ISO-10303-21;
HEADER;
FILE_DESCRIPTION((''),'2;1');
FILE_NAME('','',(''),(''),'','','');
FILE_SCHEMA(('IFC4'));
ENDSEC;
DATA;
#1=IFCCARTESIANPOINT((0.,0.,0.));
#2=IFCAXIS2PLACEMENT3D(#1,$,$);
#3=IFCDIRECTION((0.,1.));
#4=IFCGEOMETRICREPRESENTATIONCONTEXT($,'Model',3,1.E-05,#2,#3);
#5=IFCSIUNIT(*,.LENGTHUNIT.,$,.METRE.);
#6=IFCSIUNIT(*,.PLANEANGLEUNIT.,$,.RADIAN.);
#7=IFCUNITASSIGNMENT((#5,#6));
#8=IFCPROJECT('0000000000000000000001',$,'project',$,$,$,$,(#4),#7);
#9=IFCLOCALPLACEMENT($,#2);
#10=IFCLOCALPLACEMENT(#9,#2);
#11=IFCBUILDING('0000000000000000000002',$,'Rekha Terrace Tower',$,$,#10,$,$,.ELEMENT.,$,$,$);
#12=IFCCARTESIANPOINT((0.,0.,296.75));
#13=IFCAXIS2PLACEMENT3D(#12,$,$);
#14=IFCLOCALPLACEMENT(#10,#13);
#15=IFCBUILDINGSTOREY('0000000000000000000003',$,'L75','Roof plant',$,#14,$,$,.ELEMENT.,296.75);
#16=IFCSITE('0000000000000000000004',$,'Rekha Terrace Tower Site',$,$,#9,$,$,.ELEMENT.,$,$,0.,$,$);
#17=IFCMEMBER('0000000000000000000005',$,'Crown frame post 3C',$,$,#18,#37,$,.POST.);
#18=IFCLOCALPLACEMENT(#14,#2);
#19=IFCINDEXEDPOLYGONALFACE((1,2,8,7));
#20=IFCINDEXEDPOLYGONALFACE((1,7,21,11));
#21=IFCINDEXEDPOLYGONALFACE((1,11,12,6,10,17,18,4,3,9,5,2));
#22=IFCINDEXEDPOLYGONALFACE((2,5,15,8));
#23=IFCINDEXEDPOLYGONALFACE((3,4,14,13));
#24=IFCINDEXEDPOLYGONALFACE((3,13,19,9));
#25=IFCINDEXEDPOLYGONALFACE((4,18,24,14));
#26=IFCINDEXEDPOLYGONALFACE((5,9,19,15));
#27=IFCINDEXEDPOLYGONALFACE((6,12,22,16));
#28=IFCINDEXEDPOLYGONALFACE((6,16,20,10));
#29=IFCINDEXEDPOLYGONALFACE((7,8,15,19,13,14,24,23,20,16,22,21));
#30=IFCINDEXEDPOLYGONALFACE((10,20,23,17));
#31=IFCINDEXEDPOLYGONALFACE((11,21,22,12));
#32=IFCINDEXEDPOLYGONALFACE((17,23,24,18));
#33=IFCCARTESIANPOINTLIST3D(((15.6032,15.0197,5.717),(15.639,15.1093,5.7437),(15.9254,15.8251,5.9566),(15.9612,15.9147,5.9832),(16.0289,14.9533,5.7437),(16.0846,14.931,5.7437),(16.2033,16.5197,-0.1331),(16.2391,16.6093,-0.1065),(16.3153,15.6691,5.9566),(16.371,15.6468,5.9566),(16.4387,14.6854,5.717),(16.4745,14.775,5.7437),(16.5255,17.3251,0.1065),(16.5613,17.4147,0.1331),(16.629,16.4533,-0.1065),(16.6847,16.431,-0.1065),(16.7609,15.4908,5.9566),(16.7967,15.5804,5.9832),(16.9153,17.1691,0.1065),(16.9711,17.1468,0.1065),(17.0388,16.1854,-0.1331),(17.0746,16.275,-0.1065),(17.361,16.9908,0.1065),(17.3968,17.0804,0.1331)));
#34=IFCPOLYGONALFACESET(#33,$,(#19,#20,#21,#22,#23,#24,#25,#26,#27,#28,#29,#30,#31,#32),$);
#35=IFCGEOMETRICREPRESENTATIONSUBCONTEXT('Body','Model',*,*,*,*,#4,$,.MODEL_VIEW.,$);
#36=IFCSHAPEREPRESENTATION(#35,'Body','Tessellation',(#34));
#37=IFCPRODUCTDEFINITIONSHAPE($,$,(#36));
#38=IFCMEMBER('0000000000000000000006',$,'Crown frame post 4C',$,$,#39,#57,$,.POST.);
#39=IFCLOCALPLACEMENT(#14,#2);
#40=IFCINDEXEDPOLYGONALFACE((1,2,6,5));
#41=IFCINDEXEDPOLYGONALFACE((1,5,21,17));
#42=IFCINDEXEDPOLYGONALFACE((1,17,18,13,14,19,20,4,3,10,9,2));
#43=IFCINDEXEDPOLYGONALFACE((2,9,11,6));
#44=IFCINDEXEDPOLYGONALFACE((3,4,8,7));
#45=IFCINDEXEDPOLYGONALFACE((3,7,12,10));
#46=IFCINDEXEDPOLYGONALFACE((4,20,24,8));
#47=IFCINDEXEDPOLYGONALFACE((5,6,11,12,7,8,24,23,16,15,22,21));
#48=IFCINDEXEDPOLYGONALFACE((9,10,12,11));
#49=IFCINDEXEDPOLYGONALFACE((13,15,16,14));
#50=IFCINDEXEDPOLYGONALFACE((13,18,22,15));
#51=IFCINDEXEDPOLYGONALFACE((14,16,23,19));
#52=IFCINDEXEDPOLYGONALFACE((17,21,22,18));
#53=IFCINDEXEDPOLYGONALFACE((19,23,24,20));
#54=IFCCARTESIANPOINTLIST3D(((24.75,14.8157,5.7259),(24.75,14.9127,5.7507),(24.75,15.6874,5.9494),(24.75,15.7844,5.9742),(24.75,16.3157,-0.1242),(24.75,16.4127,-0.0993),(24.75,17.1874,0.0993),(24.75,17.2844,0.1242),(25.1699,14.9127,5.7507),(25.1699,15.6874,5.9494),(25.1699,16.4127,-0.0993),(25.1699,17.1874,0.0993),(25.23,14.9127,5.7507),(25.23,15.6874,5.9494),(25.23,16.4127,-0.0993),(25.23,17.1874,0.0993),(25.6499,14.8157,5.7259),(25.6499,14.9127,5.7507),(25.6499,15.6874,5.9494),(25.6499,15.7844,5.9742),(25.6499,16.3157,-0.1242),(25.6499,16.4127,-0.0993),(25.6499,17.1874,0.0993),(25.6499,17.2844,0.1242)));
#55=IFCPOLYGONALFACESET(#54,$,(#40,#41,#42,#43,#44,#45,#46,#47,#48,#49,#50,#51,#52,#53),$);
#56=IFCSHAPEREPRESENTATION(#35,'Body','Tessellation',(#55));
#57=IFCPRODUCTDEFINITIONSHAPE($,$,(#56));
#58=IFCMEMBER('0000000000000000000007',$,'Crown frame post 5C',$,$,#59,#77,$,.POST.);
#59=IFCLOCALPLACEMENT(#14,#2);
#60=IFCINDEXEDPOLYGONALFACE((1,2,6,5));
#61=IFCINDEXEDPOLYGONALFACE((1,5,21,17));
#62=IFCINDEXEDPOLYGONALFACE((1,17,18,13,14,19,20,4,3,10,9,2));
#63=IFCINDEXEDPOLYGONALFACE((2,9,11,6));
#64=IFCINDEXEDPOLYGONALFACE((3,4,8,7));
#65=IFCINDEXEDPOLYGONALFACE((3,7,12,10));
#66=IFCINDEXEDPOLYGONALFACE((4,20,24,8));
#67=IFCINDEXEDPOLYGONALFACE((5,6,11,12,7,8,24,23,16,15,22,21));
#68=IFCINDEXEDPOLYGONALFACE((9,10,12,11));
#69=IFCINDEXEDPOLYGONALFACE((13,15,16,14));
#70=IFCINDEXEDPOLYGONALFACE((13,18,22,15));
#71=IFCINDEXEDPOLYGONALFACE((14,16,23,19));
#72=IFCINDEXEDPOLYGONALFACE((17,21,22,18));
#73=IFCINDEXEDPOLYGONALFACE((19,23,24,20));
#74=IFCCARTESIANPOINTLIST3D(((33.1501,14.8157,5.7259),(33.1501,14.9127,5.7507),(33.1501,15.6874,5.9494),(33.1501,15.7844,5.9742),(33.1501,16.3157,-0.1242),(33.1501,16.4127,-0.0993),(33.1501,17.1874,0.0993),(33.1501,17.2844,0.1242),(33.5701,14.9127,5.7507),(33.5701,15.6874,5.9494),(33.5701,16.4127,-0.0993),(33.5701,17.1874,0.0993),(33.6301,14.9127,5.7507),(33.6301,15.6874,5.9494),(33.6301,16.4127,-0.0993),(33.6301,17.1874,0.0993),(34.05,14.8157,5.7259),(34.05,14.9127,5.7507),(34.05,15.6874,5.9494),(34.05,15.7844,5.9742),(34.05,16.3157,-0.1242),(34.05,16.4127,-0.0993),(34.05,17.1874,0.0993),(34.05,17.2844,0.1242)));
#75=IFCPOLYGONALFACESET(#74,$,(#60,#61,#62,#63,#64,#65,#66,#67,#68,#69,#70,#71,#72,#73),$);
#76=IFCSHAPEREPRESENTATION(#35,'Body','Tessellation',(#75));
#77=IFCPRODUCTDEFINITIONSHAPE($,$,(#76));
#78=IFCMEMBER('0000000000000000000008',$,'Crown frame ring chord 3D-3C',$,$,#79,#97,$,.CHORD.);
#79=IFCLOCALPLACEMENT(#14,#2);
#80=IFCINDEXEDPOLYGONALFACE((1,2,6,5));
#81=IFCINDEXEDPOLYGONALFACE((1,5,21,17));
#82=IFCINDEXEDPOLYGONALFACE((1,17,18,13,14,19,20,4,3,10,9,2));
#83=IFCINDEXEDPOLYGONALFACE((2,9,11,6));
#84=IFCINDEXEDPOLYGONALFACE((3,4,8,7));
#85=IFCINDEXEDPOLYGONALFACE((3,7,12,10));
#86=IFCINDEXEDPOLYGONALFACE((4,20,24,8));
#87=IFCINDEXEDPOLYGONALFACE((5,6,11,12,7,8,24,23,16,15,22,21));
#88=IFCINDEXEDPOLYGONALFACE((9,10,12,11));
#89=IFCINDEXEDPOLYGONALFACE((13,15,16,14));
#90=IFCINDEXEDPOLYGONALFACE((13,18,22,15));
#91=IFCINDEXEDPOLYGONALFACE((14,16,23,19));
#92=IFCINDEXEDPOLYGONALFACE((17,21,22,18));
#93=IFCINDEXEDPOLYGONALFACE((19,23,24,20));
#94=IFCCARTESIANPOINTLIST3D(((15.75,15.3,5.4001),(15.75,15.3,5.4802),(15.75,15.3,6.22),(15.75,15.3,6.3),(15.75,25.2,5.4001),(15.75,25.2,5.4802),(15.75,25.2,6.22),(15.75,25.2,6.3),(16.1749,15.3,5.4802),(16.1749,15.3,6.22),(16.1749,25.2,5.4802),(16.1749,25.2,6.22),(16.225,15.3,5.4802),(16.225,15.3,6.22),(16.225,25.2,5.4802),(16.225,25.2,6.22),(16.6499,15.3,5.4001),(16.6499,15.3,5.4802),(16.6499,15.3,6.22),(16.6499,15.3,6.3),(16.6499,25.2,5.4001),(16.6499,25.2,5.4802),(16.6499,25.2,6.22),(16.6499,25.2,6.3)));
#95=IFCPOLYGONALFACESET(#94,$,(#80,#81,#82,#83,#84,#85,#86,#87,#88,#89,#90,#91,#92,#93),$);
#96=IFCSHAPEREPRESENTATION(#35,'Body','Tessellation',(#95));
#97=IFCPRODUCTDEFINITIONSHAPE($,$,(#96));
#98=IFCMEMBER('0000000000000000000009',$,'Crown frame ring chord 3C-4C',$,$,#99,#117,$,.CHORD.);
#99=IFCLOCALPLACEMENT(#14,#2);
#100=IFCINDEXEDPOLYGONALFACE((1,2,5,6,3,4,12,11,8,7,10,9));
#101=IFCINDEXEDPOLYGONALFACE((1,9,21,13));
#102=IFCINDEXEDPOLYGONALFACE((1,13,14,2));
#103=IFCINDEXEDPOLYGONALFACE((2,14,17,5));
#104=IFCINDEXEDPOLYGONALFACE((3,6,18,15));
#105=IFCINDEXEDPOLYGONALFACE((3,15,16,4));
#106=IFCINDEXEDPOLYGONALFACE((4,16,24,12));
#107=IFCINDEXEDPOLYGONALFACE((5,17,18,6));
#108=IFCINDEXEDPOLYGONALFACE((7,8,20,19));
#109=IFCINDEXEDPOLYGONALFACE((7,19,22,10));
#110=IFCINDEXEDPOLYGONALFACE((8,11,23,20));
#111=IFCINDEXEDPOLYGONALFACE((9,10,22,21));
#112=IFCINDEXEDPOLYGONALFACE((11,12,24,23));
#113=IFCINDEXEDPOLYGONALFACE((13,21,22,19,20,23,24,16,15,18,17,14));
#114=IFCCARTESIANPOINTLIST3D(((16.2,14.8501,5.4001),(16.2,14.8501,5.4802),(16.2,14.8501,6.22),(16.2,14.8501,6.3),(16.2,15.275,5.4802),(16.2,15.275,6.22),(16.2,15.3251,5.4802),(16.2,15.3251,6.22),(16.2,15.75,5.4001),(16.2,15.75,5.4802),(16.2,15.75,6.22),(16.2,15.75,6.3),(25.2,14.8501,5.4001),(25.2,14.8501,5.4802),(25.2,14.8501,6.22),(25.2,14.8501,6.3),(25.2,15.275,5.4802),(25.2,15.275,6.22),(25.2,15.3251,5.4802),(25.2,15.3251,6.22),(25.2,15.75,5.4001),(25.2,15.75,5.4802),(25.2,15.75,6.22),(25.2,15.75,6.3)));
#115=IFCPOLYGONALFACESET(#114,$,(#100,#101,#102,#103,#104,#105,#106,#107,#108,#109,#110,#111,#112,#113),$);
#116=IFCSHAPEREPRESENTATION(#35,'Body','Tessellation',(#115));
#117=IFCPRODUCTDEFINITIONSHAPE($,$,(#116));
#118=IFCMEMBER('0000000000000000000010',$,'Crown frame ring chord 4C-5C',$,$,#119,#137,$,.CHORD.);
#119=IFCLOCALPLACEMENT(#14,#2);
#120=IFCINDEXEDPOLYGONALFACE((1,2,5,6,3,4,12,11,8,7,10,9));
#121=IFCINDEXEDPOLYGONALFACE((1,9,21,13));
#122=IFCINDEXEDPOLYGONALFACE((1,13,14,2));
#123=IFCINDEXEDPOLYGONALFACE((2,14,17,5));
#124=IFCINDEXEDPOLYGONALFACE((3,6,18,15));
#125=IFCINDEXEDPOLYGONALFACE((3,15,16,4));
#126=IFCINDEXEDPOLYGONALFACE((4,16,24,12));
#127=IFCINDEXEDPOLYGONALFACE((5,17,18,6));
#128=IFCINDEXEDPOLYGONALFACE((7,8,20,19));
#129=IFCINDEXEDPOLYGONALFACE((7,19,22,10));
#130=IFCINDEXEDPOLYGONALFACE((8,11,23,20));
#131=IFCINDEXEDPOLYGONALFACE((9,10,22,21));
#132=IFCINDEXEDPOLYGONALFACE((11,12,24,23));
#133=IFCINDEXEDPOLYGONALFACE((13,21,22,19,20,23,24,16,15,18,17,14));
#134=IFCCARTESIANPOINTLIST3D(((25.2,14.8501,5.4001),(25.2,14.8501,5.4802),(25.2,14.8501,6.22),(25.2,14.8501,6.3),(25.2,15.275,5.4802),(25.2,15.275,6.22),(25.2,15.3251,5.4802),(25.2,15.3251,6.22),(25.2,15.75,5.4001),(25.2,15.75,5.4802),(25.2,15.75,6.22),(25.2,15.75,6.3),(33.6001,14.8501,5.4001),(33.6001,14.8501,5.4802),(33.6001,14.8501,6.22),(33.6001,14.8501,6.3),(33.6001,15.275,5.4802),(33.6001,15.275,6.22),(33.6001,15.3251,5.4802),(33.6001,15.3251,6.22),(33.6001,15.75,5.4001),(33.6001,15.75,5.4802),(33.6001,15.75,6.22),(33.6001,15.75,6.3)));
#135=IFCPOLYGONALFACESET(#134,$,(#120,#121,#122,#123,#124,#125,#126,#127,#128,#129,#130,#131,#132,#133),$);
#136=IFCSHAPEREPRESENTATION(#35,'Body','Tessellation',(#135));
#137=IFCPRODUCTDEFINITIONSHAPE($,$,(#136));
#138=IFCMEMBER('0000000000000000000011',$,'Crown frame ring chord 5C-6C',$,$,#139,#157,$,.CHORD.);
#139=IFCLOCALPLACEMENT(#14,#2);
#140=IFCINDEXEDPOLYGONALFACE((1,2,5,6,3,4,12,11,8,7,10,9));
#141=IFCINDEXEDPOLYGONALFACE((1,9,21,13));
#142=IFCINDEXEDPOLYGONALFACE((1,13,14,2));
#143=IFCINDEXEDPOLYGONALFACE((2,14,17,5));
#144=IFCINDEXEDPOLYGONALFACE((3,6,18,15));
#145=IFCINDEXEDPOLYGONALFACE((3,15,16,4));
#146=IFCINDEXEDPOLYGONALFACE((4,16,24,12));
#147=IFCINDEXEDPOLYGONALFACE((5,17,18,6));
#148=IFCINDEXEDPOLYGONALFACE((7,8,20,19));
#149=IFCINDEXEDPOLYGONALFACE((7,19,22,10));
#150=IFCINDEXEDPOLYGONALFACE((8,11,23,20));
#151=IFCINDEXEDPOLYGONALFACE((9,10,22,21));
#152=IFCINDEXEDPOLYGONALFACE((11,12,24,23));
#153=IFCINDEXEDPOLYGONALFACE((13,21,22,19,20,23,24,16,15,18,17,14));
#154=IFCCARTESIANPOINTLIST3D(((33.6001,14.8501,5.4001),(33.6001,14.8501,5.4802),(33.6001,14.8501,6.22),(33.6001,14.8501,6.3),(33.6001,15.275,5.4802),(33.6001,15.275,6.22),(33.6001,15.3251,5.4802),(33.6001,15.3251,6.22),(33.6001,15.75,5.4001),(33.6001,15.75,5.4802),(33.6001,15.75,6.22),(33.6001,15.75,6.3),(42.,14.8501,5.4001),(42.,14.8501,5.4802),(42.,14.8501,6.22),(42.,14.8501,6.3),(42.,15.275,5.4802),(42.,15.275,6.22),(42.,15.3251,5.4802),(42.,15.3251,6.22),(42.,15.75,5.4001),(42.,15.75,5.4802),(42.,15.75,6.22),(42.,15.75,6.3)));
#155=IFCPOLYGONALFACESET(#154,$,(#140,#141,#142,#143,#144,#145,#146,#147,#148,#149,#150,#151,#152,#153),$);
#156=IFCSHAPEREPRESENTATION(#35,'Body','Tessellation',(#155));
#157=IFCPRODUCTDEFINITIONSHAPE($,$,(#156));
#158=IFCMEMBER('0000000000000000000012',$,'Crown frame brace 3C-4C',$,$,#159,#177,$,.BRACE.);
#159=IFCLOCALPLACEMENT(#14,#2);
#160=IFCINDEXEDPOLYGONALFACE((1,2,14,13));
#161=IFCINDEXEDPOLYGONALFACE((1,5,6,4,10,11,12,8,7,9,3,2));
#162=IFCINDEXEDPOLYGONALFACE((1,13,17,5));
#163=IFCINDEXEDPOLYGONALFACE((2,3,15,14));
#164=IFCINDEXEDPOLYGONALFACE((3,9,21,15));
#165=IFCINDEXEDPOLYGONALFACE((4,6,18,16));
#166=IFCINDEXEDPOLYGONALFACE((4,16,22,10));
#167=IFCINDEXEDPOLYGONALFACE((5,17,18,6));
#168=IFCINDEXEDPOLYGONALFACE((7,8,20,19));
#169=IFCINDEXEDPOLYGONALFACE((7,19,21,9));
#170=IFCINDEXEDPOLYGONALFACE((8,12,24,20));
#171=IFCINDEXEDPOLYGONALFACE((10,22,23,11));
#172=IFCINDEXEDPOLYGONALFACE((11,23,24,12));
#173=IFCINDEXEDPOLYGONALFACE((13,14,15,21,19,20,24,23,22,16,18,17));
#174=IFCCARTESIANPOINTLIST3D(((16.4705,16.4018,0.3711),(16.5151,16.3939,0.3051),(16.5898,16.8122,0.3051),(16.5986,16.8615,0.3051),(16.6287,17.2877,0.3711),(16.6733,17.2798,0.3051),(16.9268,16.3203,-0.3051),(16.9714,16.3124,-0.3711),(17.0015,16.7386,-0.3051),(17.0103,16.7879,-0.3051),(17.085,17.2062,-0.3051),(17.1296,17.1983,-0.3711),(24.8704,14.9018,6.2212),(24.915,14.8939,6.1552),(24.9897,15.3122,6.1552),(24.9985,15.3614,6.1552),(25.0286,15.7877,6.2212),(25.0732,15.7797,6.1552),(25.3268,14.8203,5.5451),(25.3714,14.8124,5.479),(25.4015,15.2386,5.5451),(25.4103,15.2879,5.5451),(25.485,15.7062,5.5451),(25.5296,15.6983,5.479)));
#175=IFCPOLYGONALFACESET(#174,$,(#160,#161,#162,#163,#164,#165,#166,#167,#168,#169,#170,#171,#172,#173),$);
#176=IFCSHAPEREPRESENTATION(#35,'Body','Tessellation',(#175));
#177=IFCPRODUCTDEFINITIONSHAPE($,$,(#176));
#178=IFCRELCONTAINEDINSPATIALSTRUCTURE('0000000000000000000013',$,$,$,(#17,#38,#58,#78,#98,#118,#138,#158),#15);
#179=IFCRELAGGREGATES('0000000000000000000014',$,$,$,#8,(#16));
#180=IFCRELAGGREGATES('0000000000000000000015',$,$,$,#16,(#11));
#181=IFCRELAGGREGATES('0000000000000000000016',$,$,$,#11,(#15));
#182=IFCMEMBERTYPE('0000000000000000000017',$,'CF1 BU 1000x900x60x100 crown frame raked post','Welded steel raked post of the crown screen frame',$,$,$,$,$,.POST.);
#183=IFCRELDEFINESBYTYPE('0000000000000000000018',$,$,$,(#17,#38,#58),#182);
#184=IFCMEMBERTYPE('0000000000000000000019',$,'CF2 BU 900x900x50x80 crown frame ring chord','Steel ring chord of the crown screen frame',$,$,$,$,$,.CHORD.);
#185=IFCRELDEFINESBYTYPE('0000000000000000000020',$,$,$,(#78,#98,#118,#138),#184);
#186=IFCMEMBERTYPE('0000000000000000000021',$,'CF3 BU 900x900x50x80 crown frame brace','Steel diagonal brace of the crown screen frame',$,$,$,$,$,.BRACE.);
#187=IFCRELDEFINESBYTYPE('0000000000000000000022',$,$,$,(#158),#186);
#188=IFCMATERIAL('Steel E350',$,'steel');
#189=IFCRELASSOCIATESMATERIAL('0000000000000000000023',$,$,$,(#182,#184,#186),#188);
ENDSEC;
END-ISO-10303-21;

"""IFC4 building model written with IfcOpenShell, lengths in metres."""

from ifc_helpers import new_model, si_unit, direction, frame, origin, origin_2d, place, context, subcontext, project, spatial, i_section, extrude, material, material_profile, profile_set, type_object, element, save


model = new_model("IFC4")

# Units and contexts
model_context = context("Model", 3, precision=1e-05, world=origin(), true_north=direction((0.0, 1.0)))
body_context = subcontext(model_context, "Body", "Model", "MODEL_VIEW")
ifc_project = project(units=[si_unit("LENGTHUNIT", "METRE"), si_unit("PLANEANGLEUNIT", "RADIAN")], contexts=[model_context])

# Site, building, storey
site_placement = place(None, origin())
site = spatial("IfcSite", under=ifc_project, at=site_placement, Name="Rekha Terrace Tower Site", CompositionType="ELEMENT", RefElevation=0.0)
building_placement = place(site_placement, origin())
building = spatial("IfcBuilding", under=site, at=building_placement, Name="Rekha Terrace Tower", CompositionType="ELEMENT")
storey_placement = place(building_placement, frame((0.0, 0.0, 296.75)))
storey = spatial("IfcBuildingStorey", under=building, at=storey_placement, Name="L75", Description="Roof plant", CompositionType="ELEMENT", Elevation=296.75)

# Members
ifc_material_1 = material(Name="Steel E350", Category="steel")
ifc_material_profile_1 = material_profile(ifc_material_1, i_section(OverallWidth=0.8999, OverallDepth=1.0, WebThickness=0.0601, FlangeThickness=0.1001, at=origin_2d()), Name="BU 1000x900x60x100")
ifc_profile_set_1 = profile_set([ifc_material_profile_1], Name="Steel E350")
member_type_1 = type_object("IfcMemberType", Name="CF1 BU 1000x900x60x100 crown frame raked post", Description="Welded steel raked post of the crown screen frame", PredefinedType="POST", material=ifc_profile_set_1)
member_1_placement = place(storey_placement, frame((16.8, 16.8, 0.0), z_axis=(-0.098878, -0.247154, 0.963918), x_axis=(0.928456, -0.371443, 0.0)))
element("IfcMember", 1, at=member_1_placement, inside=storey, type_object=member_type_1, Name="Crown frame post 3C", PredefinedType="POST", context=body_context, shape_type="SweptSolid", body=[
    extrude(i_section(OverallWidth=0.8999, OverallDepth=1.0, WebThickness=0.0601, FlangeThickness=0.1001, at=origin_2d()), origin(), (0.0, 0.0, 1.0), 6.0691),
])
for number, where, z_axis, x_axis, name in (
    (2, (25.2, 16.8, 0.0), (0.0, -0.248371, 0.968665), (1.0, 0.0, 0.0), "Crown frame post 4C"),
    (3, (33.6001, 16.8, 0.0), (0.0, -0.248371, 0.968665), (1.0, 0.0, 0.0), "Crown frame post 5C"),
):
    element("IfcMember", number, at=place(storey_placement, frame(where, z_axis=z_axis, x_axis=x_axis)), inside=storey, type_object=member_type_1, Name=name, PredefinedType="POST", context=body_context, shape_type="SweptSolid", body=[
        extrude(i_section(OverallWidth=0.8999, OverallDepth=1.0, WebThickness=0.0601, FlangeThickness=0.1001, at=origin_2d()), origin(), (0.0, 0.0, 1.0), 6.0393),
    ])
ifc_material_profile_2 = material_profile(ifc_material_1, i_section(OverallWidth=0.8999, OverallDepth=0.8999, WebThickness=0.05, FlangeThickness=0.0801, at=origin_2d()), Name="BU 900x900x50x80")
ifc_profile_set_2 = profile_set([ifc_material_profile_2], Name="Steel E350")
member_type_2 = type_object("IfcMemberType", Name="CF2 BU 900x900x50x80 crown frame ring chord", Description="Steel ring chord of the crown screen frame", PredefinedType="CHORD", material=ifc_profile_set_2)
member_2_placement = place(storey_placement, frame((16.2, 25.2, 5.8501), z_axis=(0.0, -1.0, 0.0), x_axis=(1.0, 0.0, 0.0)))
element("IfcMember", 4, at=member_2_placement, inside=storey, type_object=member_type_2, Name="Crown frame ring chord 3D-3C", PredefinedType="CHORD", context=body_context, shape_type="SweptSolid", body=[
    extrude(i_section(OverallWidth=0.8999, OverallDepth=0.8999, WebThickness=0.05, FlangeThickness=0.0801, at=origin_2d()), origin(), (0.0, 0.0, 1.0), 9.8999),
])
member_3_placement = place(storey_placement, frame((16.2, 15.3, 5.8501), z_axis=(1.0, 0.0, 0.0), x_axis=(0.0, 1.0, 0.0)))
element("IfcMember", 5, at=member_3_placement, inside=storey, type_object=member_type_2, Name="Crown frame ring chord 3C-4C", PredefinedType="CHORD", context=body_context, shape_type="SweptSolid", body=[
    extrude(i_section(OverallWidth=0.8999, OverallDepth=0.8999, WebThickness=0.05, FlangeThickness=0.0801, at=origin_2d()), origin(), (0.0, 0.0, 1.0), 9.0),
])
member_4_placement = place(storey_placement, frame((25.2, 15.3, 5.8501), z_axis=(1.0, 0.0, 0.0), x_axis=(0.0, 1.0, 0.0)))
element("IfcMember", 6, at=member_4_placement, inside=storey, type_object=member_type_2, Name="Crown frame ring chord 4C-5C", PredefinedType="CHORD", context=body_context, shape_type="SweptSolid", body=[
    extrude(i_section(OverallWidth=0.8999, OverallDepth=0.8999, WebThickness=0.05, FlangeThickness=0.0801, at=origin_2d()), origin(), (0.0, 0.0, 1.0), 8.4001),
])
member_5_placement = place(storey_placement, frame((33.6001, 15.3, 5.8501), z_axis=(1.0, 0.0, 0.0), x_axis=(0.0, 1.0, 0.0)))
element("IfcMember", 7, at=member_5_placement, inside=storey, type_object=member_type_2, Name="Crown frame ring chord 5C-6C", PredefinedType="CHORD", context=body_context, shape_type="SweptSolid", body=[
    extrude(i_section(OverallWidth=0.8999, OverallDepth=0.8999, WebThickness=0.05, FlangeThickness=0.0801, at=origin_2d()), origin(), (0.0, 0.0, 1.0), 8.3999),
])
ifc_material_profile_3 = material_profile(ifc_material_1, i_section(OverallWidth=0.8999, OverallDepth=0.8999, WebThickness=0.05, FlangeThickness=0.0801, at=origin_2d()), Name="BU 900x900x50x80")
ifc_profile_set_3 = profile_set([ifc_material_profile_3], Name="Steel E350")
member_type_3 = type_object("IfcMemberType", Name="CF3 BU 900x900x50x80 crown frame brace", Description="Steel diagonal brace of the crown screen frame", PredefinedType="BRACE", material=ifc_profile_set_3)
member_6_placement = place(storey_placement, frame((16.8, 16.8, 0.0), z_axis=(0.811928, -0.144989, 0.565466), x_axis=(0.175793, 0.984427, 0.0)))
element("IfcMember", 8, at=member_6_placement, inside=storey, type_object=member_type_3, Name="Crown frame brace 3C-4C", PredefinedType="BRACE", context=body_context, shape_type="SweptSolid", body=[
    extrude(i_section(OverallWidth=0.8999, OverallDepth=0.8999, WebThickness=0.05, FlangeThickness=0.0801, at=origin_2d()), origin(), (0.0, 0.0, 1.0), 10.3457),
])

save(model, "model.ifc")
